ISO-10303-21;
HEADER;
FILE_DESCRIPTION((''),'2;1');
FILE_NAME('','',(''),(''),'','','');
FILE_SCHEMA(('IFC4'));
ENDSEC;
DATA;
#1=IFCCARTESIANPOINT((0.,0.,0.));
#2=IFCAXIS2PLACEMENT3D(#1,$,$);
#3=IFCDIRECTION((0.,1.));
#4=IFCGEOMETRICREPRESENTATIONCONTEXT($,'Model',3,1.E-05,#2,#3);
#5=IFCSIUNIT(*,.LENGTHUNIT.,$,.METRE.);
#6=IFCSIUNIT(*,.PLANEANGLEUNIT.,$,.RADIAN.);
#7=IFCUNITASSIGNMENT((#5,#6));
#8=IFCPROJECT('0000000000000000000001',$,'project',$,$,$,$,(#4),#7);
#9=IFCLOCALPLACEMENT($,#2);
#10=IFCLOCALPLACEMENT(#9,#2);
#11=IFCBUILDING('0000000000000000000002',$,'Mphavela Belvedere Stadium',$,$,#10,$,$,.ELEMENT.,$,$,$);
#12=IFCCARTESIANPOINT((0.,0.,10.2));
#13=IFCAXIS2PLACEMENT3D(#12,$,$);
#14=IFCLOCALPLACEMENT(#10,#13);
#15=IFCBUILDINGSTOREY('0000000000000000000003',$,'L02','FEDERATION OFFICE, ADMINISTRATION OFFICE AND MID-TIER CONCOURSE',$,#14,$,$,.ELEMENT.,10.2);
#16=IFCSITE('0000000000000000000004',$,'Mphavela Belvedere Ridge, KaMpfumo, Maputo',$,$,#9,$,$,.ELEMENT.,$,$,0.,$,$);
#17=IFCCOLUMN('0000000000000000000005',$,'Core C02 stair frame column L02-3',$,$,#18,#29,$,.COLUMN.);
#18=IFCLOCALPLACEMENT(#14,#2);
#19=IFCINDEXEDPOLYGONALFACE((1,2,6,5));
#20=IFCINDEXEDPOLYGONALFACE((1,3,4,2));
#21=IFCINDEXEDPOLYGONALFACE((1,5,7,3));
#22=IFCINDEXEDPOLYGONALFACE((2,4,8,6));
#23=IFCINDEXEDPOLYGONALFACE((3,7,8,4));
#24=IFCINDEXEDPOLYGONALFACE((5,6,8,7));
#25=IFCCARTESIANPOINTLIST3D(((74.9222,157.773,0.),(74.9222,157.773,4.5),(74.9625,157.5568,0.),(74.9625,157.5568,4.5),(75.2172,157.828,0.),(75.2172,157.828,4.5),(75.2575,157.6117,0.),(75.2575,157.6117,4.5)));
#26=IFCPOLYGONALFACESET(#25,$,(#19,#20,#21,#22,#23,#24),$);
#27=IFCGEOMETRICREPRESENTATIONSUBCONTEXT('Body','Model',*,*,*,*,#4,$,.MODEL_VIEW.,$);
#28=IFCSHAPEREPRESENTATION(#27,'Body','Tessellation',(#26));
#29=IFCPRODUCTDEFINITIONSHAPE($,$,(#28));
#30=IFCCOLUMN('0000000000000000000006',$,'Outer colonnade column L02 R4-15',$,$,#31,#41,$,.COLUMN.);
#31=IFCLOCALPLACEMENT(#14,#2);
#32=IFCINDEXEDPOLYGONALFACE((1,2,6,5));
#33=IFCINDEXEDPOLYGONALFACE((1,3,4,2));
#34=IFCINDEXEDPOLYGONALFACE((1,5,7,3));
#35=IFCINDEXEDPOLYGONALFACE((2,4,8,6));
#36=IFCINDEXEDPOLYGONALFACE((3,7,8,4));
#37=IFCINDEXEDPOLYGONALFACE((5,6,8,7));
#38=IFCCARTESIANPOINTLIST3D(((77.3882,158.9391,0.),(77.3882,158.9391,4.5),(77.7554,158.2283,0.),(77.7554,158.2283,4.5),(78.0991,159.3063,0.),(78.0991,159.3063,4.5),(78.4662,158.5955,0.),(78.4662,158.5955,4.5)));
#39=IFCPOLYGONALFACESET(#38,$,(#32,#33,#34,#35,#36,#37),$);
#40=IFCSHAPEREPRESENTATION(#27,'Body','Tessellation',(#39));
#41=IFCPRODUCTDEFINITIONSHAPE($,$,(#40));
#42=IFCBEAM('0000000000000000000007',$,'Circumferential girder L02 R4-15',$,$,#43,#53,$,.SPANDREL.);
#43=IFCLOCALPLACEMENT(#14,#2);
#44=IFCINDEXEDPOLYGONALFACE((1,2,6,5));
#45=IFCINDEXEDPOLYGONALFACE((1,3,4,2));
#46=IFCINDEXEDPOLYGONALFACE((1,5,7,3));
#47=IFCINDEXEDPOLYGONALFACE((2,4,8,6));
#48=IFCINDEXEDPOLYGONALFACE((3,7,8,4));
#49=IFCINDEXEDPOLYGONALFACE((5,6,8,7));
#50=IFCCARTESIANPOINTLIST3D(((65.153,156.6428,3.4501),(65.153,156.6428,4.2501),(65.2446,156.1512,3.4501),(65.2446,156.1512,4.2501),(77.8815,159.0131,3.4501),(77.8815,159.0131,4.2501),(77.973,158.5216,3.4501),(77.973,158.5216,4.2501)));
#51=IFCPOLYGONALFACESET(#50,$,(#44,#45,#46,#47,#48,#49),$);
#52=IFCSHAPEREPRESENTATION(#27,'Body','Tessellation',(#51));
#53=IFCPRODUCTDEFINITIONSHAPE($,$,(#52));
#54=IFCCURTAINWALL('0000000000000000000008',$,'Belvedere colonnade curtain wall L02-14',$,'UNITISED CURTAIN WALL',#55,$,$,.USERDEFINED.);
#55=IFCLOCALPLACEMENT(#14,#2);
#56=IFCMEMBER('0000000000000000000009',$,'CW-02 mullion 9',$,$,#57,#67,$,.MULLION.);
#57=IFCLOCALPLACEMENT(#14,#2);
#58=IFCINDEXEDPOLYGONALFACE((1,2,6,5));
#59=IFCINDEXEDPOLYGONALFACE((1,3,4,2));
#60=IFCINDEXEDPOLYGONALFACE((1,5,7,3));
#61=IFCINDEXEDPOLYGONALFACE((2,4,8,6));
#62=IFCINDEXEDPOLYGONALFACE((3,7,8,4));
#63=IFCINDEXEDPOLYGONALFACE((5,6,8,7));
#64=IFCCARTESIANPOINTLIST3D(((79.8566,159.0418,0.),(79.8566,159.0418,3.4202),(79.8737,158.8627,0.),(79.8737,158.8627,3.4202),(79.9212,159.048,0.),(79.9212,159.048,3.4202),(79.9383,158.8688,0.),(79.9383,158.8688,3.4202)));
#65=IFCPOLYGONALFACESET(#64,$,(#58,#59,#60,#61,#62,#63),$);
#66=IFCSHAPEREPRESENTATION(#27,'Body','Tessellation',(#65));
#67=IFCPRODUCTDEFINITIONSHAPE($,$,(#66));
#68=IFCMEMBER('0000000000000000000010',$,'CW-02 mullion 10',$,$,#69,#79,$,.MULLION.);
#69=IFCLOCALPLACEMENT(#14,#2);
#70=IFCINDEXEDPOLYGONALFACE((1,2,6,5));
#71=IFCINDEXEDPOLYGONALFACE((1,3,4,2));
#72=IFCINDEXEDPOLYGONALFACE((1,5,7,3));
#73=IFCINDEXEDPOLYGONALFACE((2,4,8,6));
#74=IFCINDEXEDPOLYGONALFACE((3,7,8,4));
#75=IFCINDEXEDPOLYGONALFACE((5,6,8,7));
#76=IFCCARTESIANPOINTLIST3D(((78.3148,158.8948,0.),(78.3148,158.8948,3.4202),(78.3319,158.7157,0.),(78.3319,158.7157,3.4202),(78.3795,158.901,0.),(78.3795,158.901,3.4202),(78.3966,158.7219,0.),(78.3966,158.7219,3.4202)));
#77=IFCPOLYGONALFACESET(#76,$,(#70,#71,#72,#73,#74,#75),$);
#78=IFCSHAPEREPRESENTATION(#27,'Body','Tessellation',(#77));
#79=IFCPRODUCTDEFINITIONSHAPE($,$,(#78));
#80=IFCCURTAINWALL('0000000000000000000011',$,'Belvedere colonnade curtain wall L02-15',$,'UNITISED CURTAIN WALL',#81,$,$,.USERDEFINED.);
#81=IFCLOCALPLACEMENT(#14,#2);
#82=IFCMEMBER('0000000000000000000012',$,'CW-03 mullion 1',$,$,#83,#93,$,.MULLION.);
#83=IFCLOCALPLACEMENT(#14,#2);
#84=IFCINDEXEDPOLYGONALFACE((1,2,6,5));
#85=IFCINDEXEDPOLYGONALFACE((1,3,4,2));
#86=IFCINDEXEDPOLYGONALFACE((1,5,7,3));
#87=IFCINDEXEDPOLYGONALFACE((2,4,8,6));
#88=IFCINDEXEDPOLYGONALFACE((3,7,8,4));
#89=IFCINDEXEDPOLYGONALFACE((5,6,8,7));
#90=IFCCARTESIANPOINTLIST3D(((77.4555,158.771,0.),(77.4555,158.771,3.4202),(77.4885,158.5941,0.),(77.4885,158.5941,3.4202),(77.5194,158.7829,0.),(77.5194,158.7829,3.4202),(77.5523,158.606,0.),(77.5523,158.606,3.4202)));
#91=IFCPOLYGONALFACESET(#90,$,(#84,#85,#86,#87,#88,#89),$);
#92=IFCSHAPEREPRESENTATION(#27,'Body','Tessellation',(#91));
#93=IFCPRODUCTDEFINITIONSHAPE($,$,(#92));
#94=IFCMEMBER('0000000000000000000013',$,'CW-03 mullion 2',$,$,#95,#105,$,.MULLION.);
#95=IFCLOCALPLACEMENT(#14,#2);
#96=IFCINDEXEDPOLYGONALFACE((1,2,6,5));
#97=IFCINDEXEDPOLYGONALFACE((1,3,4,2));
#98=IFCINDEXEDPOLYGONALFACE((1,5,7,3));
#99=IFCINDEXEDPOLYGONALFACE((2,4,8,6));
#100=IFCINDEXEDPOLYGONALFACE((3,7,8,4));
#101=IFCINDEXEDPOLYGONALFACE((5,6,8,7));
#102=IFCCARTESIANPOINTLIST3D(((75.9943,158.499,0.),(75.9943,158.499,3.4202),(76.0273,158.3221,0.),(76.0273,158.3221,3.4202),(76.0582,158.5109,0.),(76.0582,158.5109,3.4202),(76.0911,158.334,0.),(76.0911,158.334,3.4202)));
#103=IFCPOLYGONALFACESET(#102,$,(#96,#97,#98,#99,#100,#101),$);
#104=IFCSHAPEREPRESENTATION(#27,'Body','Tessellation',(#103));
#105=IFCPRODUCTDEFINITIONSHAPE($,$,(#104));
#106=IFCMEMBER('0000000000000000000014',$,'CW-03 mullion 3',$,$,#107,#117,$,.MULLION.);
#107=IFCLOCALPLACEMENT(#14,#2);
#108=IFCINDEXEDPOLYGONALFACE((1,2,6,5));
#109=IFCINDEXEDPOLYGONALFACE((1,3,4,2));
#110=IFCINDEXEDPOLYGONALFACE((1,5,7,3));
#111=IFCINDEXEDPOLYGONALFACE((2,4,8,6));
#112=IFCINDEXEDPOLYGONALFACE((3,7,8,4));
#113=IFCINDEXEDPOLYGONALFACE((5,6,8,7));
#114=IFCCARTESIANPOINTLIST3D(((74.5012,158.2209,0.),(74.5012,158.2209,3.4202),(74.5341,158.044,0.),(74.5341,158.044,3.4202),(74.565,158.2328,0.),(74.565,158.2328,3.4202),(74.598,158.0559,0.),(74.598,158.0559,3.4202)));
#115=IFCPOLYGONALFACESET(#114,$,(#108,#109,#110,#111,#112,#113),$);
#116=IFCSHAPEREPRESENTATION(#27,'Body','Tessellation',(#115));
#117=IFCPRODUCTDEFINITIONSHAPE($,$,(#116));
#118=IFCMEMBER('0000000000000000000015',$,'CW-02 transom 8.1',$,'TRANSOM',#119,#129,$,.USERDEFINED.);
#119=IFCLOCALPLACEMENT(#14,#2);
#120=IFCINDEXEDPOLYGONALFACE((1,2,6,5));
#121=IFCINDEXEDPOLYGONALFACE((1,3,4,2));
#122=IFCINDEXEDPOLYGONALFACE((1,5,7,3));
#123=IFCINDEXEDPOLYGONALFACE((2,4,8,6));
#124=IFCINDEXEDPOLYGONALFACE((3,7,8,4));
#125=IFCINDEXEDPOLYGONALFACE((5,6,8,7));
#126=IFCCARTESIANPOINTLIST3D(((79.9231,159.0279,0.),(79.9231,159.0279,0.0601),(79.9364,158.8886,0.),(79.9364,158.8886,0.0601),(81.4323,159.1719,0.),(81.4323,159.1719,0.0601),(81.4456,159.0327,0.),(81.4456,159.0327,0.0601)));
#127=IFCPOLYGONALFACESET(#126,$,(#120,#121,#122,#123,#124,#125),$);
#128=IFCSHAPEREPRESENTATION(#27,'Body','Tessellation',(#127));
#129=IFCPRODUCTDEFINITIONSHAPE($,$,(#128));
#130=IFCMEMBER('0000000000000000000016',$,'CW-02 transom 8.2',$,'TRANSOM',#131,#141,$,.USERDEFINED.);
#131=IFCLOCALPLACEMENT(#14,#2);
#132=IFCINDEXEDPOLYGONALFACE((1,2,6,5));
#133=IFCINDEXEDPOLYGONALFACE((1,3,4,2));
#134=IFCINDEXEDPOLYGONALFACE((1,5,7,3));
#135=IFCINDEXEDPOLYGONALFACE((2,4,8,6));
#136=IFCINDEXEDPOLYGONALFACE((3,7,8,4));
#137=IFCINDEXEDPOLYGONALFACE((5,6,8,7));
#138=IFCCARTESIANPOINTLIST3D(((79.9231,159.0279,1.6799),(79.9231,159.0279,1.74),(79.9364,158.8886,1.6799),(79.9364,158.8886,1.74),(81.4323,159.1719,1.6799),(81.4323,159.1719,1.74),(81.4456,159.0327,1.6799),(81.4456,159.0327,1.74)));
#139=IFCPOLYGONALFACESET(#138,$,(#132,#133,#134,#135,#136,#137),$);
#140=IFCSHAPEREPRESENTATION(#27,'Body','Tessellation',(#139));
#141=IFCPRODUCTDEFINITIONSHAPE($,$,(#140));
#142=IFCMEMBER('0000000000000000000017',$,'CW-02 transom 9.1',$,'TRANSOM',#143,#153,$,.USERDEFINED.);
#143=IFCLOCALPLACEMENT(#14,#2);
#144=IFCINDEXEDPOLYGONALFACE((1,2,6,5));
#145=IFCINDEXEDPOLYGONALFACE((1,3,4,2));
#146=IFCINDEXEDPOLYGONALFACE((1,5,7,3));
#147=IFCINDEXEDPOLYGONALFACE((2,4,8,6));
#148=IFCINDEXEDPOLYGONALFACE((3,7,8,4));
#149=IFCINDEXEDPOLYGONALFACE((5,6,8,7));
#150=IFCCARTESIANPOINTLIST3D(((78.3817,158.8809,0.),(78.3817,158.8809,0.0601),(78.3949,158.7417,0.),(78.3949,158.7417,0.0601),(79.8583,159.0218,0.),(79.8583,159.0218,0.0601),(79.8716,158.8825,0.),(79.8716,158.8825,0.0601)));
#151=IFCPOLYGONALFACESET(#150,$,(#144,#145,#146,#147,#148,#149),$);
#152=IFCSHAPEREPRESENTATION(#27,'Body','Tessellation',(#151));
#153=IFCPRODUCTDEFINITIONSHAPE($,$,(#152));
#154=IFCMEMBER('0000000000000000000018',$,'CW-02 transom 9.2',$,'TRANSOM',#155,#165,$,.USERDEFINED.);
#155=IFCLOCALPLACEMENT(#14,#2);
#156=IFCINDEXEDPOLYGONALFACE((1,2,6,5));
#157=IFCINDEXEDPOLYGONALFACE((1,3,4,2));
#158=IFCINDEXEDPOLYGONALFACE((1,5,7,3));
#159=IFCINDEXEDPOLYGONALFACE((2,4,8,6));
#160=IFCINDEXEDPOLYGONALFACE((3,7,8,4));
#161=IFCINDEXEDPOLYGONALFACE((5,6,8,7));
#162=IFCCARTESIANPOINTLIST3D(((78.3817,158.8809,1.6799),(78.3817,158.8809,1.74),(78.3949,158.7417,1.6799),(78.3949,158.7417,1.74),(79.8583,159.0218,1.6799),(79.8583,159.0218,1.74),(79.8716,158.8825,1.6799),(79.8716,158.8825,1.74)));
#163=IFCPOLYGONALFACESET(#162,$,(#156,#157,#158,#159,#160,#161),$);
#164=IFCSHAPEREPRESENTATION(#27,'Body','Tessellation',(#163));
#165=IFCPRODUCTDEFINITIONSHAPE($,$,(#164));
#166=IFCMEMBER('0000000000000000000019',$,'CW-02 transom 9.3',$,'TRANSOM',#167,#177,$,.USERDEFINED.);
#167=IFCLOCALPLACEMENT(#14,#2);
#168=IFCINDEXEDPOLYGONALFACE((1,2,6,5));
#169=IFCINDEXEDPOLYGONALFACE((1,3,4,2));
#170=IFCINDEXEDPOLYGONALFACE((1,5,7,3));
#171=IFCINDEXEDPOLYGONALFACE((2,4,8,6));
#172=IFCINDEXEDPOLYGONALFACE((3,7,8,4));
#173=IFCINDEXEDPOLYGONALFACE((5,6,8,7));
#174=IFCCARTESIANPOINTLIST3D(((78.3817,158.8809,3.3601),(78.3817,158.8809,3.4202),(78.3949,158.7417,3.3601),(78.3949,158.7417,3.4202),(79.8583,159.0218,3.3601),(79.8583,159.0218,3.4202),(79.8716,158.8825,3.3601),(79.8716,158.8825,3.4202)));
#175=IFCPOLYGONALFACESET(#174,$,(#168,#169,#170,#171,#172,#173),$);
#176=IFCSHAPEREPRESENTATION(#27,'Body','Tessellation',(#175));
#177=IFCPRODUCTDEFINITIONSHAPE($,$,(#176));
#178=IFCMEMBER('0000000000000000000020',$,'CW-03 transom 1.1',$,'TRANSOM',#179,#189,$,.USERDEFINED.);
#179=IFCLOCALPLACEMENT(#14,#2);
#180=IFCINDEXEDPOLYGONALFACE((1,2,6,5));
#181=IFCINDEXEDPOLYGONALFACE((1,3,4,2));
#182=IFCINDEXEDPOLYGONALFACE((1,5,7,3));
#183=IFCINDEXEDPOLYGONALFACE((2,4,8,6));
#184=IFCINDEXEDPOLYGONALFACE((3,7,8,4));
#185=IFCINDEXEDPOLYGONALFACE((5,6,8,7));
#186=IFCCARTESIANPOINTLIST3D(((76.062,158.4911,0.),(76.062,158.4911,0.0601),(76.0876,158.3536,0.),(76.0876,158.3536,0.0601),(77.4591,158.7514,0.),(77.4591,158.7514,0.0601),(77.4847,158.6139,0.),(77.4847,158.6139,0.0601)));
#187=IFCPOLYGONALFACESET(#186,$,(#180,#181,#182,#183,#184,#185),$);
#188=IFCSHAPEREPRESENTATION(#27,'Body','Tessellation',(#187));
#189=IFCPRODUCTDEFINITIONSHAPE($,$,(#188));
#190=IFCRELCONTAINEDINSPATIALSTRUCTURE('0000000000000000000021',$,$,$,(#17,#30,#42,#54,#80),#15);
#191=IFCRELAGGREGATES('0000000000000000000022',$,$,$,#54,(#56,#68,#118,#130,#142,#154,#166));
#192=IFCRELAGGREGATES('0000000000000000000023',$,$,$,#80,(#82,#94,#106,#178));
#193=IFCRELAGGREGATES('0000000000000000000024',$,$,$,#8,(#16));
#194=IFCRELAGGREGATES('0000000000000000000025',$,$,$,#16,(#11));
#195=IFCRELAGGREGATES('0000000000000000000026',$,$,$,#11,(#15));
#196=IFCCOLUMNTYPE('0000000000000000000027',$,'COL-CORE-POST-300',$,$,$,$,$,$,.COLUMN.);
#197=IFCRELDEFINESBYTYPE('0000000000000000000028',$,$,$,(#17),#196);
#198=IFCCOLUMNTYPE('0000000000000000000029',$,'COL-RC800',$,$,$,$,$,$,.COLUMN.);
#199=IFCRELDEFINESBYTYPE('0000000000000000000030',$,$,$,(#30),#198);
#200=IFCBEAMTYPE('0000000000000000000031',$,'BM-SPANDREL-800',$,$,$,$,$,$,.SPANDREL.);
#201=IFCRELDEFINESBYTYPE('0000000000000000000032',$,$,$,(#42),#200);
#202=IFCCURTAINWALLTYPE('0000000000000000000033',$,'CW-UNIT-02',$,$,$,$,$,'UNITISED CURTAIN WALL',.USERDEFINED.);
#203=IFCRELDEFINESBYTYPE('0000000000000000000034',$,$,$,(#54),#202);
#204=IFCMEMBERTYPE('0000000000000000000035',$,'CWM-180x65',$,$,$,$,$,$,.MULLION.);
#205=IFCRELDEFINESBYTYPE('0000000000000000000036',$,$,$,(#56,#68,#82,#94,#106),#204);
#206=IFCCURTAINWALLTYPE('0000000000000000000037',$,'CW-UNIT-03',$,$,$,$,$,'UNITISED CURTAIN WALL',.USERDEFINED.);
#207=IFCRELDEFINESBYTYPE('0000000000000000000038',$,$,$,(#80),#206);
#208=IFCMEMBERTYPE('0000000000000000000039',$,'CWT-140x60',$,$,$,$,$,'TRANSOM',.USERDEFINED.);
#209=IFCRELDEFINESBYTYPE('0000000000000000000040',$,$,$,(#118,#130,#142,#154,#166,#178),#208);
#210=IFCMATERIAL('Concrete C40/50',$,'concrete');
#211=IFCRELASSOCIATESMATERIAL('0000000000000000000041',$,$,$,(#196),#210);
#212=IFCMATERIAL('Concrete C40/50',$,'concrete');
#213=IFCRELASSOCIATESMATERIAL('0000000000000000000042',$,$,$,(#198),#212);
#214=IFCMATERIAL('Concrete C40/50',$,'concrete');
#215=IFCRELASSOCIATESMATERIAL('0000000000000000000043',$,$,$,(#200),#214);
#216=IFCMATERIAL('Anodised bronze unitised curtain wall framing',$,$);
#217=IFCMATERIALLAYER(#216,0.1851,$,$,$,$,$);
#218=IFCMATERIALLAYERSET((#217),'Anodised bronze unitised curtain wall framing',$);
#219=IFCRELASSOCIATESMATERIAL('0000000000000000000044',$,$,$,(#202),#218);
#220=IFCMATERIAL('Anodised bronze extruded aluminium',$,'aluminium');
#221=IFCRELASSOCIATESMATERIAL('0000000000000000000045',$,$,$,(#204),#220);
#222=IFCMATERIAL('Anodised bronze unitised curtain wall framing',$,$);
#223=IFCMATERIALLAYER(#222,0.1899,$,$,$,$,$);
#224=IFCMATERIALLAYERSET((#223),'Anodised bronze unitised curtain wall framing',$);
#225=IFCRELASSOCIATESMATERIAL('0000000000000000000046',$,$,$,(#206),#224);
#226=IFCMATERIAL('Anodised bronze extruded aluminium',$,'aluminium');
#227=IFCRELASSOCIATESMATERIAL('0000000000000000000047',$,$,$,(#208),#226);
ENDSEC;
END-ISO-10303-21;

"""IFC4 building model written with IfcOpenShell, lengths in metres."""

from ifc_helpers import new_model, si_unit, direction, frame, origin, origin_2d, place, context, subcontext, project, spatial, rectangle, extrude, material, layer, layer_set, material_profile, profile_set, type_object, element, aggregate, save


model = new_model("IFC4")

# Units and contexts
model_context = context("Model", 3, precision=1e-05, world=origin(), true_north=direction((0.0, 1.0)))
body_context = subcontext(model_context, "Body", "Model", "MODEL_VIEW")
ifc_project = project(units=[si_unit("LENGTHUNIT", "METRE"), si_unit("PLANEANGLEUNIT", "RADIAN")], contexts=[model_context])

# Site, building, storey
site_placement = place(None, origin())
site = spatial("IfcSite", under=ifc_project, at=site_placement, Name="Mphavela Belvedere Ridge, KaMpfumo, Maputo", CompositionType="ELEMENT", RefElevation=0.0)
building_placement = place(site_placement, origin())
building = spatial("IfcBuilding", under=site, at=building_placement, Name="Mphavela Belvedere Stadium", CompositionType="ELEMENT")
storey_placement = place(building_placement, frame((0.0, 0.0, 10.2)))
storey = spatial("IfcBuildingStorey", under=building, at=storey_placement, Name="L02", Description="FEDERATION OFFICE, ADMINISTRATION OFFICE AND MID-TIER CONCOURSE", CompositionType="ELEMENT", Elevation=10.2)

# Columns
ifc_material_1 = material(Name="Concrete C40/50", Category="concrete")
ifc_material_profile_1 = material_profile(ifc_material_1, rectangle(XDim=0.3, YDim=0.22, at=origin_2d()), Name="RC 300x220")
ifc_profile_set_1 = profile_set([ifc_material_profile_1], Name="Concrete C40/50")
column_type_1 = type_object("IfcColumnType", Name="COL-CORE-POST-300", PredefinedType="COLUMN", material=ifc_profile_set_1)
column_1_placement = place(storey_placement, frame((75.0898, 157.6924, 0.0), z_axis=(0.0, 0.0, 1.0), x_axis=(0.983096, 0.183094, 0.0)))
element("IfcColumn", 1, at=column_1_placement, inside=storey, type_object=column_type_1, Name="Core C02 stair frame column L02-3", PredefinedType="COLUMN", context=body_context, shape_type="SweptSolid", body=[
    extrude(rectangle(XDim=0.3, YDim=0.22, at=origin_2d()), origin(), (0.0, 0.0, 1.0), 4.5),
])
ifc_material_2 = material(Name="Concrete C40/50", Category="concrete")
ifc_material_profile_2 = material_profile(ifc_material_2, rectangle(XDim=0.8, YDim=0.8, at=origin_2d()), Name="RC 800x800")
ifc_profile_set_2 = profile_set([ifc_material_profile_2], Name="Concrete C40/50")
column_type_2 = type_object("IfcColumnType", Name="COL-RC800", PredefinedType="COLUMN", material=ifc_profile_set_2)
column_2_placement = place(storey_placement, frame((77.9272, 158.7673, 0.0), z_axis=(0.0, 0.0, 1.0), x_axis=(-0.45896, 0.888457, 0.0)))
element("IfcColumn", 2, at=column_2_placement, inside=storey, type_object=column_type_2, Name="Outer colonnade column L02 R4-15", PredefinedType="COLUMN", context=body_context, shape_type="SweptSolid", body=[
    extrude(rectangle(XDim=0.8, YDim=0.8, at=origin_2d()), origin(), (0.0, 0.0, 1.0), 4.5),
])

# Beam
ifc_material_3 = material(Name="Concrete C40/50", Category="concrete")
ifc_material_profile_3 = material_profile(ifc_material_3, rectangle(XDim=0.5, YDim=0.8, at=origin_2d()), Name="RC 500x800")
ifc_profile_set_3 = profile_set([ifc_material_profile_3], Name="Concrete C40/50")
beam_type = type_object("IfcBeamType", Name="BM-SPANDREL-800", PredefinedType="SPANDREL", material=ifc_profile_set_3)
beam_placement = place(storey_placement, frame((77.9272, 158.7673, 3.8501), z_axis=(-0.983099, -0.183077, 0.0), x_axis=(0.183077, -0.983099, 0.0)))
element("IfcBeam", 3, at=beam_placement, inside=storey, type_object=beam_type, Name="Circumferential girder L02 R4-15", PredefinedType="SPANDREL", context=body_context, shape_type="SweptSolid", body=[
    extrude(rectangle(XDim=0.5, YDim=0.8, at=origin_2d()), origin(), (0.0, 0.0, 1.0), 12.9473),
])

# Curtain walls, members
ifc_material_4 = material(Name="Anodised bronze unitised curtain wall framing")
ifc_layer_1 = layer(ifc_material_4, 0.1851)
ifc_layer_set_1 = layer_set([ifc_layer_1], Name="Anodised bronze unitised curtain wall framing")
curtain_wall_type_1 = type_object("IfcCurtainWallType", Name="CW-UNIT-02", ElementType="UNITISED CURTAIN WALL", PredefinedType="USERDEFINED", material=ifc_layer_set_1)
curtain_wall_1_placement = place(storey_placement, origin())
curtain_wall_1 = element("IfcCurtainWall", 4, at=curtain_wall_1_placement, inside=storey, type_object=curtain_wall_type_1, Name="Belvedere colonnade curtain wall L02-14", ObjectType="UNITISED CURTAIN WALL", PredefinedType="USERDEFINED")
ifc_material_5 = material(Name="Anodised bronze extruded aluminium", Category="aluminium")
ifc_material_profile_4 = material_profile(ifc_material_5, rectangle(XDim=0.1799, YDim=0.0649, at=origin_2d()), Name="CW-MUL 180x65")
ifc_profile_set_4 = profile_set([ifc_material_profile_4], Name="Anodised bronze extruded aluminium")
member_type_1 = type_object("IfcMemberType", Name="CWM-180x65", PredefinedType="MULLION", material=ifc_profile_set_4)
member_1_placement = place(storey_placement, frame((79.8975, 158.9553, 0.0), z_axis=(0.0, 0.0, 1.0), x_axis=(0.094926, -0.995484, 0.0)))
member_1 = element("IfcMember", 5, at=member_1_placement, type_object=member_type_1, Name="CW-02 mullion 9", PredefinedType="MULLION", context=body_context, shape_type="SweptSolid", body=[
    extrude(rectangle(XDim=0.1799, YDim=0.0649, at=origin_2d()), origin(), (0.0, 0.0, 1.0), 3.4202),
])
member_2_placement = place(storey_placement, frame((78.3557, 158.8083, 0.0), z_axis=(0.0, 0.0, 1.0), x_axis=(0.094926, -0.995484, 0.0)))
member_2 = element("IfcMember", 6, at=member_2_placement, type_object=member_type_1, Name="CW-02 mullion 10", PredefinedType="MULLION", context=body_context, shape_type="SweptSolid", body=[
    extrude(rectangle(XDim=0.1799, YDim=0.0649, at=origin_2d()), origin(), (0.0, 0.0, 1.0), 3.4202),
])
ifc_material_6 = material(Name="Anodised bronze unitised curtain wall framing")
ifc_layer_2 = layer(ifc_material_6, 0.1899)
ifc_layer_set_2 = layer_set([ifc_layer_2], Name="Anodised bronze unitised curtain wall framing")
curtain_wall_type_2 = type_object("IfcCurtainWallType", Name="CW-UNIT-03", ElementType="UNITISED CURTAIN WALL", PredefinedType="USERDEFINED", material=ifc_layer_set_2)
curtain_wall_2_placement = place(storey_placement, origin())
curtain_wall_2 = element("IfcCurtainWall", 7, at=curtain_wall_2_placement, inside=storey, type_object=curtain_wall_type_2, Name="Belvedere colonnade curtain wall L02-15", ObjectType="UNITISED CURTAIN WALL", PredefinedType="USERDEFINED")
member_3_placement = place(storey_placement, frame((77.5039, 158.6885, 0.0), z_axis=(0.0, 0.0, 1.0), x_axis=(0.183085, -0.983097, 0.0)))
member_3 = element("IfcMember", 8, at=member_3_placement, type_object=member_type_1, Name="CW-03 mullion 1", PredefinedType="MULLION", context=body_context, shape_type="SweptSolid", body=[
    extrude(rectangle(XDim=0.1799, YDim=0.0649, at=origin_2d()), origin(), (0.0, 0.0, 1.0), 3.4202),
])
member_4_placement = place(storey_placement, frame((76.0427, 158.4165, 0.0), z_axis=(0.0, 0.0, 1.0), x_axis=(0.183085, -0.983097, 0.0)))
member_4 = element("IfcMember", 9, at=member_4_placement, type_object=member_type_1, Name="CW-03 mullion 2", PredefinedType="MULLION", context=body_context, shape_type="SweptSolid", body=[
    extrude(rectangle(XDim=0.1799, YDim=0.0649, at=origin_2d()), origin(), (0.0, 0.0, 1.0), 3.4202),
])
member_5_placement = place(storey_placement, frame((74.5496, 158.1384, 0.0), z_axis=(0.0, 0.0, 1.0), x_axis=(0.183085, -0.983097, 0.0)))
member_5 = element("IfcMember", 10, at=member_5_placement, type_object=member_type_1, Name="CW-03 mullion 3", PredefinedType="MULLION", context=body_context, shape_type="SweptSolid", body=[
    extrude(rectangle(XDim=0.1799, YDim=0.0649, at=origin_2d()), origin(), (0.0, 0.0, 1.0), 3.4202),
])

# Members
ifc_material_7 = material(Name="Anodised bronze extruded aluminium", Category="aluminium")
ifc_material_profile_5 = material_profile(ifc_material_7, rectangle(XDim=0.1399, YDim=0.0601, at=origin_2d()), Name="CW-TRN 140x60")
ifc_profile_set_5 = profile_set([ifc_material_profile_5], Name="Anodised bronze extruded aluminium")
member_type_2 = type_object("IfcMemberType", Name="CWT-140x60", ElementType="TRANSOM", PredefinedType="USERDEFINED", material=ifc_profile_set_5)
member_6_placement = place(storey_placement, frame((81.439, 159.1023, 0.03), z_axis=(-0.995477, -0.095007, 0.0), x_axis=(0.095007, -0.995477, 0.0)))
member_6 = element("IfcMember", 11, at=member_6_placement, type_object=member_type_2, Name="CW-02 transom 8.1", ObjectType="TRANSOM", PredefinedType="USERDEFINED", context=body_context, shape_type="SweptSolid", body=[
    extrude(rectangle(XDim=0.1399, YDim=0.0601, at=origin_2d()), origin(), (0.0, 0.0, 1.0), 1.5161),
])
member_7_placement = place(storey_placement, frame((81.439, 159.1023, 1.71), z_axis=(-0.995477, -0.095007, 0.0), x_axis=(0.095007, -0.995477, 0.0)))
member_7 = element("IfcMember", 12, at=member_7_placement, type_object=member_type_2, Name="CW-02 transom 8.2", ObjectType="TRANSOM", PredefinedType="USERDEFINED", context=body_context, shape_type="SweptSolid", body=[
    extrude(rectangle(XDim=0.1399, YDim=0.0601, at=origin_2d()), origin(), (0.0, 0.0, 1.0), 1.5161),
])
member_8_placement = place(storey_placement, frame((79.865, 158.9521, 0.03), z_axis=(-0.995481, -0.094957, 0.0), x_axis=(0.094957, -0.995481, 0.0)))
member_8 = element("IfcMember", 13, at=member_8_placement, type_object=member_type_2, Name="CW-02 transom 9.1", ObjectType="TRANSOM", PredefinedType="USERDEFINED", context=body_context, shape_type="SweptSolid", body=[
    extrude(rectangle(XDim=0.1399, YDim=0.0601, at=origin_2d()), origin(), (0.0, 0.0, 1.0), 1.4834),
])
member_9_placement = place(storey_placement, frame((79.865, 158.9521, 1.71), z_axis=(-0.995481, -0.094957, 0.0), x_axis=(0.094957, -0.995481, 0.0)))
member_9 = element("IfcMember", 14, at=member_9_placement, type_object=member_type_2, Name="CW-02 transom 9.2", ObjectType="TRANSOM", PredefinedType="USERDEFINED", context=body_context, shape_type="SweptSolid", body=[
    extrude(rectangle(XDim=0.1399, YDim=0.0601, at=origin_2d()), origin(), (0.0, 0.0, 1.0), 1.4834),
])
member_10_placement = place(storey_placement, frame((79.865, 158.9521, 3.3901), z_axis=(-0.995481, -0.094957, 0.0), x_axis=(0.094957, -0.995481, 0.0)))
member_10 = element("IfcMember", 15, at=member_10_placement, type_object=member_type_2, Name="CW-02 transom 9.3", ObjectType="TRANSOM", PredefinedType="USERDEFINED", context=body_context, shape_type="SweptSolid", body=[
    extrude(rectangle(XDim=0.1399, YDim=0.0601, at=origin_2d()), origin(), (0.0, 0.0, 1.0), 1.4834),
])
member_11_placement = place(storey_placement, frame((77.4719, 158.6826, 0.03), z_axis=(-0.983091, -0.183116, 0.0), x_axis=(0.183116, -0.983091, 0.0)))
member_11 = element("IfcMember", 16, at=member_11_placement, type_object=member_type_2, Name="CW-03 transom 1.1", ObjectType="TRANSOM", PredefinedType="USERDEFINED", context=body_context, shape_type="SweptSolid", body=[
    extrude(rectangle(XDim=0.1399, YDim=0.0601, at=origin_2d()), origin(), (0.0, 0.0, 1.0), 1.4211),
])

aggregate(curtain_wall_1, [member_1, member_2, member_6, member_7, member_8, member_9, member_10])
aggregate(curtain_wall_2, [member_3, member_4, member_5, member_11])

save(model, "model.ifc")
